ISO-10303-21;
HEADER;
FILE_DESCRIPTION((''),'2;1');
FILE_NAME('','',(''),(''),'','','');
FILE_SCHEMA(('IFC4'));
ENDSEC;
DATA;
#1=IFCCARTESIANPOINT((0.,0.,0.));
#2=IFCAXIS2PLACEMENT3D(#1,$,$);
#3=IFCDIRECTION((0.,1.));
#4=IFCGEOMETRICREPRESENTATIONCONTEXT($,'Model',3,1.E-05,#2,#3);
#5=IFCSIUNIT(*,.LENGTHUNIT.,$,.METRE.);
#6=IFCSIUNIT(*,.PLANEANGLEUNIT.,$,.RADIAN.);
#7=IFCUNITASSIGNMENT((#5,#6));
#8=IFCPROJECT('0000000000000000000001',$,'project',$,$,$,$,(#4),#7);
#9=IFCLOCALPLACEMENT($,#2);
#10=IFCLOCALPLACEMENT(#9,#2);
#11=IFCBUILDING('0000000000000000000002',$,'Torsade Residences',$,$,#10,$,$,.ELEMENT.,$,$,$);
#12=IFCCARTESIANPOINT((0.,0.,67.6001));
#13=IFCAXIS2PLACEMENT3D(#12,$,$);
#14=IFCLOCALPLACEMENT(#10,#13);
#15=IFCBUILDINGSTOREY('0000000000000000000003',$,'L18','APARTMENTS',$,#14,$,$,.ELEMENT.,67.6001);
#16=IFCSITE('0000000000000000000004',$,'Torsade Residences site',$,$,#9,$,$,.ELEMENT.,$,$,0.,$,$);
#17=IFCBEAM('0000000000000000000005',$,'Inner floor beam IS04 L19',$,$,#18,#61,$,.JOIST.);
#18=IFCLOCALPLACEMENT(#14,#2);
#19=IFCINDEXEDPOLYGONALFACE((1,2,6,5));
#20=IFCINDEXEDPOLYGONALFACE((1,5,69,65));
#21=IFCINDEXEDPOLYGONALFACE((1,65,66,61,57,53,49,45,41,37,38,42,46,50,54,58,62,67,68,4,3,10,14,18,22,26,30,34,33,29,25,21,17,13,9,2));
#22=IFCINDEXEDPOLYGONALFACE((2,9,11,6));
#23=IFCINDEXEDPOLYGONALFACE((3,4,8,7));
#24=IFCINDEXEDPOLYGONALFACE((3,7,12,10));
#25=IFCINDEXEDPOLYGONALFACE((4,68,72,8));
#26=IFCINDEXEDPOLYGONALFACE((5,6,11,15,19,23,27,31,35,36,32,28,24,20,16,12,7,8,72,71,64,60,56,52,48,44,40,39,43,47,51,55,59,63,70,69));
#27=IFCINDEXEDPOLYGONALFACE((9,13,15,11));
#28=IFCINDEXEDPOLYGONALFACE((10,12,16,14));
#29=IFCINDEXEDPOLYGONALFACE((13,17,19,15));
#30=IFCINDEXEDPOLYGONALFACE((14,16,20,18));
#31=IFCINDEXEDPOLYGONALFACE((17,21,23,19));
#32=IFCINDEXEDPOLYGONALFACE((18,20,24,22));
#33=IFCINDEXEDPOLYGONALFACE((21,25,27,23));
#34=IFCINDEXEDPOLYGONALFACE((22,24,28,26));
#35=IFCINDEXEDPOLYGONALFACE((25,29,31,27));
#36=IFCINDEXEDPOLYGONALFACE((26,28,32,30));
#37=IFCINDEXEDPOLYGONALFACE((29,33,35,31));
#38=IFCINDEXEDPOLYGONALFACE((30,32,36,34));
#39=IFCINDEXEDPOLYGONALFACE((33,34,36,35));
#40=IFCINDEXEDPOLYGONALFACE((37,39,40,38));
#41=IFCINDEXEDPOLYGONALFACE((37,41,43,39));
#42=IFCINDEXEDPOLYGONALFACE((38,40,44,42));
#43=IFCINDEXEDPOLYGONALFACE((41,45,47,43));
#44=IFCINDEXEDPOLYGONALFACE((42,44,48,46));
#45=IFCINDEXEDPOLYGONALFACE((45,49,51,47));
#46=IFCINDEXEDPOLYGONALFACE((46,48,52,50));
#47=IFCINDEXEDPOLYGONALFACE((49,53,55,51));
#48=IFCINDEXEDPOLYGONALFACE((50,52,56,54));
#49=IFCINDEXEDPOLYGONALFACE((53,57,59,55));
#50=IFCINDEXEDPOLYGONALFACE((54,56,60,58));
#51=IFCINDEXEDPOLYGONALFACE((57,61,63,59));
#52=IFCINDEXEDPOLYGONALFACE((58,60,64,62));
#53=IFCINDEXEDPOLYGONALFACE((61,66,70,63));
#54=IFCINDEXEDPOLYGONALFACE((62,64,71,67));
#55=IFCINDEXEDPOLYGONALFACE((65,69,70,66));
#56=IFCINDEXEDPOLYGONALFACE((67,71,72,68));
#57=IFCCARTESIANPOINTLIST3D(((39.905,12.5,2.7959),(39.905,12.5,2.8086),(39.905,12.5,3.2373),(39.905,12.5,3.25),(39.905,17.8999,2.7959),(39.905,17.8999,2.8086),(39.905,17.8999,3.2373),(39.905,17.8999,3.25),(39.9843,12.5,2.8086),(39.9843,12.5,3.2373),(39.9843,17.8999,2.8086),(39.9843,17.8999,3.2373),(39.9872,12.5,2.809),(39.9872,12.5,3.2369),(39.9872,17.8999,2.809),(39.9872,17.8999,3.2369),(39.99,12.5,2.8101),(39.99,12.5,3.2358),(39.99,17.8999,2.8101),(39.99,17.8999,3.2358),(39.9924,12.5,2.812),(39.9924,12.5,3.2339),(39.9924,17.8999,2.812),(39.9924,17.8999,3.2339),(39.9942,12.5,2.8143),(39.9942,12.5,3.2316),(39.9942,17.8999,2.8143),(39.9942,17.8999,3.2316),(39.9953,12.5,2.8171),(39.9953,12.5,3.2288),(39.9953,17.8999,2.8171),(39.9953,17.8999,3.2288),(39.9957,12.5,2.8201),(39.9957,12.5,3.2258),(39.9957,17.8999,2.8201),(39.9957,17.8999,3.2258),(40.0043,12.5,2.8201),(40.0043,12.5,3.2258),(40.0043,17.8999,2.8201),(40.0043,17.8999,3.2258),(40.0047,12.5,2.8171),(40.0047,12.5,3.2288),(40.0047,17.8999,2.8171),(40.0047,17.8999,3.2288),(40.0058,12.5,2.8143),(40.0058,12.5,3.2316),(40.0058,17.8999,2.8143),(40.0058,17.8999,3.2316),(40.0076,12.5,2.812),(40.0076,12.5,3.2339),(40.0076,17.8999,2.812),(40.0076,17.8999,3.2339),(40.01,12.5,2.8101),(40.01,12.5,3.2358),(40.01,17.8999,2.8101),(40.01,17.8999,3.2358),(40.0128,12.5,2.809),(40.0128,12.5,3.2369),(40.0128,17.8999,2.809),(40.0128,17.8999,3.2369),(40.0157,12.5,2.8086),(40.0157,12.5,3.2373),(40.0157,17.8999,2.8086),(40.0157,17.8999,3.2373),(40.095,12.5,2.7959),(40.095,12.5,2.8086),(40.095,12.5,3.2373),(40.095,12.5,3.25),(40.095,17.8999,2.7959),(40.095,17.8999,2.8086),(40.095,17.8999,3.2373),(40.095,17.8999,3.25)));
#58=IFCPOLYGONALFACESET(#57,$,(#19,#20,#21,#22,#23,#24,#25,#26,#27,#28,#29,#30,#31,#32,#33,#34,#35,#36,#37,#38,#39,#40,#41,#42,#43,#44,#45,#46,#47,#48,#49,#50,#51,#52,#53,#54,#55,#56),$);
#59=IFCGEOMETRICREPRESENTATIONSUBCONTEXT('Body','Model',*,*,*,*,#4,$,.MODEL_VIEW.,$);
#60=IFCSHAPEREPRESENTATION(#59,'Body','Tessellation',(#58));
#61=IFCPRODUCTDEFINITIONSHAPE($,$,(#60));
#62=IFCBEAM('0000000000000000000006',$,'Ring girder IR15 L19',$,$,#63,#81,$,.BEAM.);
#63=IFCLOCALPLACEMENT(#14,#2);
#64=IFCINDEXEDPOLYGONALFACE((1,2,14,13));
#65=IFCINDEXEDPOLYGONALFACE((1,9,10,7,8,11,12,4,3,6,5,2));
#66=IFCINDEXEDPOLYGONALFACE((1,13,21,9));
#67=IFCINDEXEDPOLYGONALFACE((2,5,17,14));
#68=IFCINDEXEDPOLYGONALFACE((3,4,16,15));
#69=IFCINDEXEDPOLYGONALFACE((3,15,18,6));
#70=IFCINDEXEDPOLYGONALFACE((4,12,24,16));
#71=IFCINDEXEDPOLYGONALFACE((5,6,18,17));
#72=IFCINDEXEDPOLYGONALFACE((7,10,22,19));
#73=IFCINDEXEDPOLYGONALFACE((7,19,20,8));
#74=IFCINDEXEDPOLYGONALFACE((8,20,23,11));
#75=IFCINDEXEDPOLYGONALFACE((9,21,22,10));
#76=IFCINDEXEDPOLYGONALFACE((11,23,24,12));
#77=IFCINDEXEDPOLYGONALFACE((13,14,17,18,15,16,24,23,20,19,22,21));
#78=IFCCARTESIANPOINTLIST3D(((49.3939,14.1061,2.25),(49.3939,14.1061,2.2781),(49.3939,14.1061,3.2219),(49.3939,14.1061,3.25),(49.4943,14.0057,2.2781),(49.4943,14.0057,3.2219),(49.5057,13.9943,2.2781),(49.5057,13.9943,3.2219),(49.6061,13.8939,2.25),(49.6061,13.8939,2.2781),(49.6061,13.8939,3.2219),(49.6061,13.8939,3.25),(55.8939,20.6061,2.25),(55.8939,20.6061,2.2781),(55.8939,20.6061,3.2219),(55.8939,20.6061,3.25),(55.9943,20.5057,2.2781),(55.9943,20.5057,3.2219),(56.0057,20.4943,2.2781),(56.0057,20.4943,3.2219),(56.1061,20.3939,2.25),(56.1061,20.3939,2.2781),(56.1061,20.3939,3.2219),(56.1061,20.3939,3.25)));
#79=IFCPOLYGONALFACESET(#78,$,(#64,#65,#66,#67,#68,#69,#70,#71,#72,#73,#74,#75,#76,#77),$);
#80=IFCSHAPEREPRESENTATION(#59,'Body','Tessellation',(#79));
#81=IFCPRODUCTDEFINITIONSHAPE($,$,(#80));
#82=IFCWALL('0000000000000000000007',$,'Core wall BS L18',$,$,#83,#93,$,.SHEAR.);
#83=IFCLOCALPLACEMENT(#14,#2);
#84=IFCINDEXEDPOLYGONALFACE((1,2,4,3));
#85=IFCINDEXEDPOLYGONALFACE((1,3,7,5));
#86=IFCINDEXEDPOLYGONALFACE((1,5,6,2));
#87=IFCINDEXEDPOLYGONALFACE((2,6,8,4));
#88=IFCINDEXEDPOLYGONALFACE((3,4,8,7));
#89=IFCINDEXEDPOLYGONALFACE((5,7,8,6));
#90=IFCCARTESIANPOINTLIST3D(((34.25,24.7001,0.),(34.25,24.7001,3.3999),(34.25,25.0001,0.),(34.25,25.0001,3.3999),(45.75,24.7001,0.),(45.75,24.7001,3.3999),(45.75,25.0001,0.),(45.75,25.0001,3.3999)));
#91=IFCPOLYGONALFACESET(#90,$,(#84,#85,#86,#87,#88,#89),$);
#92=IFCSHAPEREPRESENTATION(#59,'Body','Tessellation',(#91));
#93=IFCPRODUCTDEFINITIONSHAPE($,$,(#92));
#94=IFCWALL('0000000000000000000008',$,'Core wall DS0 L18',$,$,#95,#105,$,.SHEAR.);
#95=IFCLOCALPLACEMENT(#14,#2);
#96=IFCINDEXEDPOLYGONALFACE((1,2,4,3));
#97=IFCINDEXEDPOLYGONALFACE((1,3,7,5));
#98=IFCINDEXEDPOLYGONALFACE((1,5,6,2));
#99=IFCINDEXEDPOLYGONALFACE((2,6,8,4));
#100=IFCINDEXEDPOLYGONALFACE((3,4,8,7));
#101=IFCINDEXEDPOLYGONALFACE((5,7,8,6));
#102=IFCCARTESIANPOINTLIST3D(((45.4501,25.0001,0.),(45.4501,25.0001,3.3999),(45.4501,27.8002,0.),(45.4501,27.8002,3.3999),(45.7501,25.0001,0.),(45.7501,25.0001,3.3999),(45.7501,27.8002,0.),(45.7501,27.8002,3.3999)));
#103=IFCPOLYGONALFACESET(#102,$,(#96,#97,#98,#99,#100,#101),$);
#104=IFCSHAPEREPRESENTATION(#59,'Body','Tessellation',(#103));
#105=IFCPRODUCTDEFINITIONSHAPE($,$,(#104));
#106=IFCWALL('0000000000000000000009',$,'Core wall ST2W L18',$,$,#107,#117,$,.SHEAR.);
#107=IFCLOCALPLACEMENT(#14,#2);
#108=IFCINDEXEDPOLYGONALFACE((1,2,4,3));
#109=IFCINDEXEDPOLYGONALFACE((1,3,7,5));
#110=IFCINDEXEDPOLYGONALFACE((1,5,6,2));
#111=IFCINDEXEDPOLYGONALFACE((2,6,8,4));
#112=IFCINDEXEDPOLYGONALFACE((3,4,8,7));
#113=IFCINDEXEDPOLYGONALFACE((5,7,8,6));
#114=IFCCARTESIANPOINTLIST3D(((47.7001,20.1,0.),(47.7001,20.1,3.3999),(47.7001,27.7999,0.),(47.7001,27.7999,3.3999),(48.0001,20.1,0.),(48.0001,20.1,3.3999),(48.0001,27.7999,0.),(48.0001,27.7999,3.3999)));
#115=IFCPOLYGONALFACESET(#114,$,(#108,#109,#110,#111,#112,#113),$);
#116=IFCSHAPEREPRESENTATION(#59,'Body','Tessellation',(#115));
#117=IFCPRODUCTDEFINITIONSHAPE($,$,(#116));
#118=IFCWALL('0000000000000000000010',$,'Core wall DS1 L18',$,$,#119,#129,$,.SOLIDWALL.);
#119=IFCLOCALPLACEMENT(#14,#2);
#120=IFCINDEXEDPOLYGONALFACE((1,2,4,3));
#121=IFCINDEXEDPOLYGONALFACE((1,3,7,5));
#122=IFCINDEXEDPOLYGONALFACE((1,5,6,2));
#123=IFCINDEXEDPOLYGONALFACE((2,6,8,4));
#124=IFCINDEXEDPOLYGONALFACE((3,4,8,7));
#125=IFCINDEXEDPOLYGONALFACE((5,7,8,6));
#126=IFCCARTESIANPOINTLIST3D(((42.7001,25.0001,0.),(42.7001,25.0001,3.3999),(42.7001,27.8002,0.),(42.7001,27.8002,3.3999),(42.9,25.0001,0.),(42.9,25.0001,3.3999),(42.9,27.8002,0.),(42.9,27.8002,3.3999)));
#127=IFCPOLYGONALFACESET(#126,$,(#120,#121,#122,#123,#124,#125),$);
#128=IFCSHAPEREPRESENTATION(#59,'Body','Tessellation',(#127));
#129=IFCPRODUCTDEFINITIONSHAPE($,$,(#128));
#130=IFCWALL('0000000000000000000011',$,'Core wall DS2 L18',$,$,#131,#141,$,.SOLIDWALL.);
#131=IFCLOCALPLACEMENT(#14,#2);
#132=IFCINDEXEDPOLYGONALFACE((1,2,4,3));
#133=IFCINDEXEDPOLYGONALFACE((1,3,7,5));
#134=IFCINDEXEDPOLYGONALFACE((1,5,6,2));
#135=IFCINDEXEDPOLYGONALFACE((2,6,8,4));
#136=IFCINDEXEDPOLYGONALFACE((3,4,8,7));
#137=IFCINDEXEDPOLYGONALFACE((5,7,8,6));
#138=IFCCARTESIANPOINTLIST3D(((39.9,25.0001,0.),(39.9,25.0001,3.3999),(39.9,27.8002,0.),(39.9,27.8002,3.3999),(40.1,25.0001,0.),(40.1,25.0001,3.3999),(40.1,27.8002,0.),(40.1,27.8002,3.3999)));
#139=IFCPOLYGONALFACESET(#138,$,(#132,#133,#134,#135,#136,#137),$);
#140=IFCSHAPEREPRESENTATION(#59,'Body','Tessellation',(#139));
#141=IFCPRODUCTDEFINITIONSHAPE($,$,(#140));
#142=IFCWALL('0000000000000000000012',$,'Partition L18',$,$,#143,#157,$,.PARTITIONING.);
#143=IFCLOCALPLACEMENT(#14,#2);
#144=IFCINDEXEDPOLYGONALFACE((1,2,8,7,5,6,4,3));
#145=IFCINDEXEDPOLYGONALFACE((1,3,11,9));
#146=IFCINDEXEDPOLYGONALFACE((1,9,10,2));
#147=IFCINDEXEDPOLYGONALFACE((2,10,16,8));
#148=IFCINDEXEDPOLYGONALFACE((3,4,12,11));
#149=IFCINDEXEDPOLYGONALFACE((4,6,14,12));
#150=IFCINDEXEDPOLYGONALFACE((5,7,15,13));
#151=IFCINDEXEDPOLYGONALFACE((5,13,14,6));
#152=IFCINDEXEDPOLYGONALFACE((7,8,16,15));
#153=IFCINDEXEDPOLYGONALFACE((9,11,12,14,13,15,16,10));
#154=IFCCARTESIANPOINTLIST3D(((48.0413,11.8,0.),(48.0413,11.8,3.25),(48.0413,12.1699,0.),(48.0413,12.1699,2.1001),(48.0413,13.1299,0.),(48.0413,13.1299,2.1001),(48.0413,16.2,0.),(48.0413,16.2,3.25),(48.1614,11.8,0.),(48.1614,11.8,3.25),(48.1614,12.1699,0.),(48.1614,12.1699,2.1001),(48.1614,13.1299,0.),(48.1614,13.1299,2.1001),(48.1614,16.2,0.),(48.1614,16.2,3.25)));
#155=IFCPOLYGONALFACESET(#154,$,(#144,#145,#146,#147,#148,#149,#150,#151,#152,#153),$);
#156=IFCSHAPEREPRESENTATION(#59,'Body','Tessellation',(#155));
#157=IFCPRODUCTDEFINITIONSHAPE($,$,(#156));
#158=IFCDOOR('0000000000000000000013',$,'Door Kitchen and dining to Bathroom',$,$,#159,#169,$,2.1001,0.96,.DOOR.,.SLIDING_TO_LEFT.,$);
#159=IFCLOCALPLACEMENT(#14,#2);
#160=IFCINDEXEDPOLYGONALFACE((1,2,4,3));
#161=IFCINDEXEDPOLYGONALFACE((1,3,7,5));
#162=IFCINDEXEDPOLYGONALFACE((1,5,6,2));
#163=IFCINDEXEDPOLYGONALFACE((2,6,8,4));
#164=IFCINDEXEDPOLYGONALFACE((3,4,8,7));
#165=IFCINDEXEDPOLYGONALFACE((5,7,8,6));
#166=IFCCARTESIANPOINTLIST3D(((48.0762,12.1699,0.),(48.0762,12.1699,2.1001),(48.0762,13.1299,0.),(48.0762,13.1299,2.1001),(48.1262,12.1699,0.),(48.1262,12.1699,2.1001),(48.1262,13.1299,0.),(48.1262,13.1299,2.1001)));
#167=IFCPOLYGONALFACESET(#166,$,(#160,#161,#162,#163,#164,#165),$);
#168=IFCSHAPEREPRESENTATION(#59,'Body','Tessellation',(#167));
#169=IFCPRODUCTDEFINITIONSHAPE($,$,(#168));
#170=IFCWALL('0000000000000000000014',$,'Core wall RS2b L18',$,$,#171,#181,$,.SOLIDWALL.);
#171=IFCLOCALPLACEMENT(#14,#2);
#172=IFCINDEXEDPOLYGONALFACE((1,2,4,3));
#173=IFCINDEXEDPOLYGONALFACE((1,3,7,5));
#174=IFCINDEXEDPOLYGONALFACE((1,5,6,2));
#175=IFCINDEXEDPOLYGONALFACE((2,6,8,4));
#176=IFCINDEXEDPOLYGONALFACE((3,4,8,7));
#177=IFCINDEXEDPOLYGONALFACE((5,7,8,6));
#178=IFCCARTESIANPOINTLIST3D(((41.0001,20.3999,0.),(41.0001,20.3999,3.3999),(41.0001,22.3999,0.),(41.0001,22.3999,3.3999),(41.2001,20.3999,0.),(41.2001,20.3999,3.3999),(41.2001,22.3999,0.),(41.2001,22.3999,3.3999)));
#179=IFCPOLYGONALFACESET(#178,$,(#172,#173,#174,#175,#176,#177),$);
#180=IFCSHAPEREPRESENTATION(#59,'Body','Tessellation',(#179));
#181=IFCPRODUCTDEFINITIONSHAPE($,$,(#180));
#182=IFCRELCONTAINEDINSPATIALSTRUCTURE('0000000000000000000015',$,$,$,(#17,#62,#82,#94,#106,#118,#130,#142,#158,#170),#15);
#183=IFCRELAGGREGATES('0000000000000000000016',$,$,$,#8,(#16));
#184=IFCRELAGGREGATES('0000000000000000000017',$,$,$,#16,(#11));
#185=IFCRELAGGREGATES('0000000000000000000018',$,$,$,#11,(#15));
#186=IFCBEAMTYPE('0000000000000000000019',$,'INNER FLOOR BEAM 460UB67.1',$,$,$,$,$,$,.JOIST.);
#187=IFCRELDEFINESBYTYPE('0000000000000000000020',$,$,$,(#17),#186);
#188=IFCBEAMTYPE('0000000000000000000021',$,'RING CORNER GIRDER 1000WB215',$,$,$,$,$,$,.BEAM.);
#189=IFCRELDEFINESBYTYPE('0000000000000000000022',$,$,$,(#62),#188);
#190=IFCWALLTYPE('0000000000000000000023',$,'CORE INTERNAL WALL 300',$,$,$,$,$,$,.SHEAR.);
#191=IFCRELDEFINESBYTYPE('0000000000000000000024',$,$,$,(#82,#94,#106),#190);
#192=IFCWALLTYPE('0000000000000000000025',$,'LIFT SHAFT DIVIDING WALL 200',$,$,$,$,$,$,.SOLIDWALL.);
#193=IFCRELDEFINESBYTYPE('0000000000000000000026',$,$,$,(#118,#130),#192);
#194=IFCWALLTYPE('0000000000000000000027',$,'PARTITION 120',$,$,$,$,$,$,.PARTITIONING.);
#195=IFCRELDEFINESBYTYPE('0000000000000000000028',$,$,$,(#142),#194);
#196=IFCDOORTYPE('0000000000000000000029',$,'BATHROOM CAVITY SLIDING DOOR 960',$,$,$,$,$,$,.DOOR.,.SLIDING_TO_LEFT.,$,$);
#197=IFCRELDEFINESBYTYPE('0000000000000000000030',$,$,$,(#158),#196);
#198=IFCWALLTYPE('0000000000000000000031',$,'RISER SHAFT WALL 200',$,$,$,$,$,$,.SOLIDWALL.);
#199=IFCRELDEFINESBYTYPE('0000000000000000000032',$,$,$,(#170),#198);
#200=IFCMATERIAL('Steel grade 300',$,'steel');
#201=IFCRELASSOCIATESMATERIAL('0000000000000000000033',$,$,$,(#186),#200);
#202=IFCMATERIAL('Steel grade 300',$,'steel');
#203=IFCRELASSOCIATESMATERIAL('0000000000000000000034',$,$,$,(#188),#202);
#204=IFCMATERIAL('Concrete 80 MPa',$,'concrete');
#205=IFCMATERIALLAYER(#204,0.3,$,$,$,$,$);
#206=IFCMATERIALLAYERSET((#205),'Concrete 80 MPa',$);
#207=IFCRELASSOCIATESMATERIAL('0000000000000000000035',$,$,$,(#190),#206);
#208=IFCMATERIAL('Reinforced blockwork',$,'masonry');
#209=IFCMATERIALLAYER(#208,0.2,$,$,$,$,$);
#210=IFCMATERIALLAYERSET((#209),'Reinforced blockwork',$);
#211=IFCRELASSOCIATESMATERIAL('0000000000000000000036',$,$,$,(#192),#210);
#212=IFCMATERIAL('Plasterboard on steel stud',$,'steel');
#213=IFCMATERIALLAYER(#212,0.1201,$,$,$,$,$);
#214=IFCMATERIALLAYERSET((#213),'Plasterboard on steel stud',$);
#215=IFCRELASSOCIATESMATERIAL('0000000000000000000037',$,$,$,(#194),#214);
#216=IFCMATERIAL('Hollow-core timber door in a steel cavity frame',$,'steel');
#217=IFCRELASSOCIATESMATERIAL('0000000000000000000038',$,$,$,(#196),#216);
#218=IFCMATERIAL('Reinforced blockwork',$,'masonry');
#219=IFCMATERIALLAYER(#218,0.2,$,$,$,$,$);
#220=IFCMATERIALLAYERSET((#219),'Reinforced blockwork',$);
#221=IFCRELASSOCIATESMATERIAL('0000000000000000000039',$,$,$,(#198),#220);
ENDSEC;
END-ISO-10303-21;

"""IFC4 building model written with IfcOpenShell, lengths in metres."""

from ifc_helpers import new_model, si_unit, direction, frame, frame_2d, origin, origin_2d, place, context, subcontext, project, spatial, rectangle, i_section, extrude, material, layer, layer_set, material_profile, profile_set, type_object, element, fill, save


model = new_model("IFC4")

# Units and contexts
model_context = context("Model", 3, precision=1e-05, world=origin(), true_north=direction((0.0, 1.0)))
body_context = subcontext(model_context, "Body", "Model", "MODEL_VIEW")
ifc_project = project(units=[si_unit("LENGTHUNIT", "METRE"), si_unit("PLANEANGLEUNIT", "RADIAN")], contexts=[model_context])

# Site, building, storey
site_placement = place(None, origin())
site = spatial("IfcSite", under=ifc_project, at=site_placement, Name="Torsade Residences site", CompositionType="ELEMENT", RefElevation=0.0)
building_placement = place(site_placement, origin())
building = spatial("IfcBuilding", under=site, at=building_placement, Name="Torsade Residences", CompositionType="ELEMENT")
storey_placement = place(building_placement, frame((0.0, 0.0, 67.6001)))
storey = spatial("IfcBuildingStorey", under=building, at=storey_placement, Name="L18", Description="APARTMENTS", CompositionType="ELEMENT", Elevation=67.6001)

# Beams
ifc_material_1 = material(Name="Steel grade 300", Category="steel")
ifc_material_profile_1 = material_profile(ifc_material_1, i_section(OverallWidth=0.1899, OverallDepth=0.4541, WebThickness=0.0085, FlangeThickness=0.0127, FilletRadius=0.0115, at=origin_2d()), Name="460UB67.1")
ifc_profile_set_1 = profile_set([ifc_material_profile_1], Name="Steel grade 300")
beam_type_1 = type_object("IfcBeamType", Name="INNER FLOOR BEAM 460UB67.1", PredefinedType="JOIST", material=ifc_profile_set_1)
for number, where, z_axis, x_axis, name in (
    (1, (40.0, 17.8999, 3.0229), (0.0, -1.0, 0.0), (1.0, 0.0, 0.0), "Inner floor beam IS04 L19"),
):
    element("IfcBeam", number, at=place(storey_placement, frame(where, z_axis=z_axis, x_axis=x_axis)), inside=storey, type_object=beam_type_1, Name=name, PredefinedType="JOIST", context=body_context, shape_type="SweptSolid", body=[
        extrude(i_section(OverallWidth=0.1899, OverallDepth=0.4541, WebThickness=0.0085, FlangeThickness=0.0127, FilletRadius=0.0115, at=origin_2d()), origin(), (0.0, 0.0, 1.0), 5.3999),
    ])
ifc_material_2 = material(Name="Steel grade 300", Category="steel")
ifc_material_profile_2 = material_profile(ifc_material_2, i_section(OverallWidth=0.3, OverallDepth=1.0, WebThickness=0.0161, FlangeThickness=0.0281, at=origin_2d()), Name="1000WB215")
ifc_profile_set_2 = profile_set([ifc_material_profile_2], Name="Steel grade 300")
beam_type_2 = type_object("IfcBeamType", Name="RING CORNER GIRDER 1000WB215", PredefinedType="BEAM", material=ifc_profile_set_2)
beam_1_placement = place(storey_placement, frame((49.5, 14.0, 2.75), z_axis=(0.707107, 0.707107, 0.0), x_axis=(-0.707107, 0.707107, 0.0)))
element("IfcBeam", 2, at=beam_1_placement, inside=storey, type_object=beam_type_2, Name="Ring girder IR15 L19", PredefinedType="BEAM", context=body_context, shape_type="SweptSolid", body=[
    extrude(i_section(OverallWidth=0.3, OverallDepth=1.0, WebThickness=0.0161, FlangeThickness=0.0281, at=origin_2d()), origin(), (0.0, 0.0, 1.0), 9.1924),
])

# Walls
ifc_material_3 = material(Name="Concrete 80 MPa", Category="concrete")
ifc_layer_1 = layer(ifc_material_3, 0.3)
ifc_layer_set_1 = layer_set([ifc_layer_1], Name="Concrete 80 MPa")
wall_type_1 = type_object("IfcWallType", Name="CORE INTERNAL WALL 300", PredefinedType="SHEAR", material=ifc_layer_set_1)
wall_1_placement = place(storey_placement, frame((45.75, 24.8501, 0.0), z_axis=(0.0, 0.0, 1.0), x_axis=(-1.0, 0.0, 0.0)))
element("IfcWall", 3, at=wall_1_placement, inside=storey, type_object=wall_type_1, Name="Core wall BS L18", PredefinedType="SHEAR", context=body_context, shape_type="SweptSolid", body=[
    extrude(rectangle(XDim=11.5, YDim=0.3, at=frame_2d((5.75, 0.0))), origin(), (0.0, 0.0, 1.0), 3.3999),
])
wall_2_placement = place(storey_placement, frame((45.6001, 27.8, 0.0), z_axis=(0.0, 0.0, 1.0), x_axis=(0.0, -1.0, 0.0)))
element("IfcWall", 4, at=wall_2_placement, inside=storey, type_object=wall_type_1, Name="Core wall DS0 L18", PredefinedType="SHEAR", context=body_context, shape_type="SweptSolid", body=[
    extrude(rectangle(XDim=2.8, YDim=0.3, at=frame_2d((1.3999, 0.0))), origin(), (0.0, 0.0, 1.0), 3.3999),
])
wall_3_placement = place(storey_placement, frame((47.8501, 27.8, 0.0), z_axis=(0.0, 0.0, 1.0), x_axis=(0.0, -1.0, 0.0)))
element("IfcWall", 5, at=wall_3_placement, inside=storey, type_object=wall_type_1, Name="Core wall ST2W L18", PredefinedType="SHEAR", context=body_context, shape_type="SweptSolid", body=[
    extrude(rectangle(XDim=7.7, YDim=0.3, at=frame_2d((3.8501, 0.0))), origin(), (0.0, 0.0, 1.0), 3.3999),
])
ifc_material_4 = material(Name="Reinforced blockwork", Category="masonry")
ifc_layer_2 = layer(ifc_material_4, 0.2)
ifc_layer_set_2 = layer_set([ifc_layer_2], Name="Reinforced blockwork")
wall_type_2 = type_object("IfcWallType", Name="LIFT SHAFT DIVIDING WALL 200", PredefinedType="SOLIDWALL", material=ifc_layer_set_2)
for number, where, z_axis, x_axis, name in (
    (6, (42.8, 27.8, 0.0), (0.0, 0.0, 1.0), (0.0, -1.0, 0.0), "Core wall DS1 L18"),
    (7, (40.0, 27.8, 0.0), (0.0, 0.0, 1.0), (0.0, -1.0, 0.0), "Core wall DS2 L18"),
):
    element("IfcWall", number, at=place(storey_placement, frame(where, z_axis=z_axis, x_axis=x_axis)), inside=storey, type_object=wall_type_2, Name=name, PredefinedType="SOLIDWALL", context=body_context, shape_type="SweptSolid", body=[
        extrude(rectangle(XDim=2.8, YDim=0.2, at=frame_2d((1.3999, 0.0))), origin(), (0.0, 0.0, 1.0), 3.3999),
    ])

# Wall, opening, door
ifc_material_5 = material(Name="Plasterboard on steel stud", Category="steel")
ifc_layer_3 = layer(ifc_material_5, 0.1201)
ifc_layer_set_3 = layer_set([ifc_layer_3], Name="Plasterboard on steel stud")
wall_type_3 = type_object("IfcWallType", Name="PARTITION 120", PredefinedType="PARTITIONING", material=ifc_layer_set_3)
wall_4_placement = place(storey_placement, frame((48.1013, 16.2, 0.0), z_axis=(0.0, 0.0, 1.0), x_axis=(0.0, -1.0, 0.0)))
wall_4 = element("IfcWall", 8, at=wall_4_placement, inside=storey, type_object=wall_type_3, Name="Partition L18", PredefinedType="PARTITIONING", context=body_context, shape_type="SweptSolid", body=[
    extrude(rectangle(XDim=4.3999, YDim=0.1201, at=frame_2d((2.2, 0.0))), origin(), (0.0, 0.0, 1.0), 3.25),
])
opening_placement = place(wall_4_placement, frame((3.0701, 0.0, 0.0)))
opening = element("IfcOpeningElement", 9, at=opening_placement, cuts=wall_4, PredefinedType="OPENING", context=body_context, shape_type="SweptSolid", body=[
    extrude(rectangle(XDim=0.96, YDim=2.1001, at=frame_2d((0.48, 1.05))), frame((0.0, 0.0701, 0.0), z_axis=(0.0, -1.0, 0.0), x_axis=(1.0, 0.0, 0.0)), (0.0, 0.0, 1.0), 0.1401),
])
ifc_material_6 = material(Name="Hollow-core timber door in a steel cavity frame", Category="steel")
door_type = type_object("IfcDoorType", Name="BATHROOM CAVITY SLIDING DOOR 960", OperationType="SLIDING_TO_LEFT", PredefinedType="DOOR", material=ifc_material_6)
door_placement = place(opening_placement, origin())
door = element("IfcDoor", 10, at=door_placement, inside=storey, type_object=door_type, Name="Door Kitchen and dining to Bathroom", OperationType="SLIDING_TO_LEFT", OverallHeight=2.1001, OverallWidth=0.96, PredefinedType="DOOR", context=body_context, shape_type="SweptSolid", body=[
    extrude(rectangle(XDim=0.96, YDim=2.1001, at=frame_2d((0.48, 1.05))), frame((0.0, 0.0249, 0.0), z_axis=(0.0, -1.0, 0.0), x_axis=(1.0, 0.0, 0.0)), (0.0, 0.0, 1.0), 0.05),
])
fill(opening, door)

# Wall
ifc_material_7 = material(Name="Reinforced blockwork", Category="masonry")
ifc_layer_4 = layer(ifc_material_7, 0.2)
ifc_layer_set_4 = layer_set([ifc_layer_4], Name="Reinforced blockwork")
wall_type_4 = type_object("IfcWallType", Name="RISER SHAFT WALL 200", PredefinedType="SOLIDWALL", material=ifc_layer_set_4)
wall_5_placement = place(storey_placement, frame((41.1001, 22.3999, 0.0), z_axis=(0.0, 0.0, 1.0), x_axis=(0.0, -1.0, 0.0)))
element("IfcWall", 11, at=wall_5_placement, inside=storey, type_object=wall_type_4, Name="Core wall RS2b L18", PredefinedType="SOLIDWALL", context=body_context, shape_type="SweptSolid", body=[
    extrude(rectangle(XDim=2.0, YDim=0.2, at=frame_2d((1.0, 0.0))), origin(), (0.0, 0.0, 1.0), 3.3999),
])

save(model, "model.ifc")
